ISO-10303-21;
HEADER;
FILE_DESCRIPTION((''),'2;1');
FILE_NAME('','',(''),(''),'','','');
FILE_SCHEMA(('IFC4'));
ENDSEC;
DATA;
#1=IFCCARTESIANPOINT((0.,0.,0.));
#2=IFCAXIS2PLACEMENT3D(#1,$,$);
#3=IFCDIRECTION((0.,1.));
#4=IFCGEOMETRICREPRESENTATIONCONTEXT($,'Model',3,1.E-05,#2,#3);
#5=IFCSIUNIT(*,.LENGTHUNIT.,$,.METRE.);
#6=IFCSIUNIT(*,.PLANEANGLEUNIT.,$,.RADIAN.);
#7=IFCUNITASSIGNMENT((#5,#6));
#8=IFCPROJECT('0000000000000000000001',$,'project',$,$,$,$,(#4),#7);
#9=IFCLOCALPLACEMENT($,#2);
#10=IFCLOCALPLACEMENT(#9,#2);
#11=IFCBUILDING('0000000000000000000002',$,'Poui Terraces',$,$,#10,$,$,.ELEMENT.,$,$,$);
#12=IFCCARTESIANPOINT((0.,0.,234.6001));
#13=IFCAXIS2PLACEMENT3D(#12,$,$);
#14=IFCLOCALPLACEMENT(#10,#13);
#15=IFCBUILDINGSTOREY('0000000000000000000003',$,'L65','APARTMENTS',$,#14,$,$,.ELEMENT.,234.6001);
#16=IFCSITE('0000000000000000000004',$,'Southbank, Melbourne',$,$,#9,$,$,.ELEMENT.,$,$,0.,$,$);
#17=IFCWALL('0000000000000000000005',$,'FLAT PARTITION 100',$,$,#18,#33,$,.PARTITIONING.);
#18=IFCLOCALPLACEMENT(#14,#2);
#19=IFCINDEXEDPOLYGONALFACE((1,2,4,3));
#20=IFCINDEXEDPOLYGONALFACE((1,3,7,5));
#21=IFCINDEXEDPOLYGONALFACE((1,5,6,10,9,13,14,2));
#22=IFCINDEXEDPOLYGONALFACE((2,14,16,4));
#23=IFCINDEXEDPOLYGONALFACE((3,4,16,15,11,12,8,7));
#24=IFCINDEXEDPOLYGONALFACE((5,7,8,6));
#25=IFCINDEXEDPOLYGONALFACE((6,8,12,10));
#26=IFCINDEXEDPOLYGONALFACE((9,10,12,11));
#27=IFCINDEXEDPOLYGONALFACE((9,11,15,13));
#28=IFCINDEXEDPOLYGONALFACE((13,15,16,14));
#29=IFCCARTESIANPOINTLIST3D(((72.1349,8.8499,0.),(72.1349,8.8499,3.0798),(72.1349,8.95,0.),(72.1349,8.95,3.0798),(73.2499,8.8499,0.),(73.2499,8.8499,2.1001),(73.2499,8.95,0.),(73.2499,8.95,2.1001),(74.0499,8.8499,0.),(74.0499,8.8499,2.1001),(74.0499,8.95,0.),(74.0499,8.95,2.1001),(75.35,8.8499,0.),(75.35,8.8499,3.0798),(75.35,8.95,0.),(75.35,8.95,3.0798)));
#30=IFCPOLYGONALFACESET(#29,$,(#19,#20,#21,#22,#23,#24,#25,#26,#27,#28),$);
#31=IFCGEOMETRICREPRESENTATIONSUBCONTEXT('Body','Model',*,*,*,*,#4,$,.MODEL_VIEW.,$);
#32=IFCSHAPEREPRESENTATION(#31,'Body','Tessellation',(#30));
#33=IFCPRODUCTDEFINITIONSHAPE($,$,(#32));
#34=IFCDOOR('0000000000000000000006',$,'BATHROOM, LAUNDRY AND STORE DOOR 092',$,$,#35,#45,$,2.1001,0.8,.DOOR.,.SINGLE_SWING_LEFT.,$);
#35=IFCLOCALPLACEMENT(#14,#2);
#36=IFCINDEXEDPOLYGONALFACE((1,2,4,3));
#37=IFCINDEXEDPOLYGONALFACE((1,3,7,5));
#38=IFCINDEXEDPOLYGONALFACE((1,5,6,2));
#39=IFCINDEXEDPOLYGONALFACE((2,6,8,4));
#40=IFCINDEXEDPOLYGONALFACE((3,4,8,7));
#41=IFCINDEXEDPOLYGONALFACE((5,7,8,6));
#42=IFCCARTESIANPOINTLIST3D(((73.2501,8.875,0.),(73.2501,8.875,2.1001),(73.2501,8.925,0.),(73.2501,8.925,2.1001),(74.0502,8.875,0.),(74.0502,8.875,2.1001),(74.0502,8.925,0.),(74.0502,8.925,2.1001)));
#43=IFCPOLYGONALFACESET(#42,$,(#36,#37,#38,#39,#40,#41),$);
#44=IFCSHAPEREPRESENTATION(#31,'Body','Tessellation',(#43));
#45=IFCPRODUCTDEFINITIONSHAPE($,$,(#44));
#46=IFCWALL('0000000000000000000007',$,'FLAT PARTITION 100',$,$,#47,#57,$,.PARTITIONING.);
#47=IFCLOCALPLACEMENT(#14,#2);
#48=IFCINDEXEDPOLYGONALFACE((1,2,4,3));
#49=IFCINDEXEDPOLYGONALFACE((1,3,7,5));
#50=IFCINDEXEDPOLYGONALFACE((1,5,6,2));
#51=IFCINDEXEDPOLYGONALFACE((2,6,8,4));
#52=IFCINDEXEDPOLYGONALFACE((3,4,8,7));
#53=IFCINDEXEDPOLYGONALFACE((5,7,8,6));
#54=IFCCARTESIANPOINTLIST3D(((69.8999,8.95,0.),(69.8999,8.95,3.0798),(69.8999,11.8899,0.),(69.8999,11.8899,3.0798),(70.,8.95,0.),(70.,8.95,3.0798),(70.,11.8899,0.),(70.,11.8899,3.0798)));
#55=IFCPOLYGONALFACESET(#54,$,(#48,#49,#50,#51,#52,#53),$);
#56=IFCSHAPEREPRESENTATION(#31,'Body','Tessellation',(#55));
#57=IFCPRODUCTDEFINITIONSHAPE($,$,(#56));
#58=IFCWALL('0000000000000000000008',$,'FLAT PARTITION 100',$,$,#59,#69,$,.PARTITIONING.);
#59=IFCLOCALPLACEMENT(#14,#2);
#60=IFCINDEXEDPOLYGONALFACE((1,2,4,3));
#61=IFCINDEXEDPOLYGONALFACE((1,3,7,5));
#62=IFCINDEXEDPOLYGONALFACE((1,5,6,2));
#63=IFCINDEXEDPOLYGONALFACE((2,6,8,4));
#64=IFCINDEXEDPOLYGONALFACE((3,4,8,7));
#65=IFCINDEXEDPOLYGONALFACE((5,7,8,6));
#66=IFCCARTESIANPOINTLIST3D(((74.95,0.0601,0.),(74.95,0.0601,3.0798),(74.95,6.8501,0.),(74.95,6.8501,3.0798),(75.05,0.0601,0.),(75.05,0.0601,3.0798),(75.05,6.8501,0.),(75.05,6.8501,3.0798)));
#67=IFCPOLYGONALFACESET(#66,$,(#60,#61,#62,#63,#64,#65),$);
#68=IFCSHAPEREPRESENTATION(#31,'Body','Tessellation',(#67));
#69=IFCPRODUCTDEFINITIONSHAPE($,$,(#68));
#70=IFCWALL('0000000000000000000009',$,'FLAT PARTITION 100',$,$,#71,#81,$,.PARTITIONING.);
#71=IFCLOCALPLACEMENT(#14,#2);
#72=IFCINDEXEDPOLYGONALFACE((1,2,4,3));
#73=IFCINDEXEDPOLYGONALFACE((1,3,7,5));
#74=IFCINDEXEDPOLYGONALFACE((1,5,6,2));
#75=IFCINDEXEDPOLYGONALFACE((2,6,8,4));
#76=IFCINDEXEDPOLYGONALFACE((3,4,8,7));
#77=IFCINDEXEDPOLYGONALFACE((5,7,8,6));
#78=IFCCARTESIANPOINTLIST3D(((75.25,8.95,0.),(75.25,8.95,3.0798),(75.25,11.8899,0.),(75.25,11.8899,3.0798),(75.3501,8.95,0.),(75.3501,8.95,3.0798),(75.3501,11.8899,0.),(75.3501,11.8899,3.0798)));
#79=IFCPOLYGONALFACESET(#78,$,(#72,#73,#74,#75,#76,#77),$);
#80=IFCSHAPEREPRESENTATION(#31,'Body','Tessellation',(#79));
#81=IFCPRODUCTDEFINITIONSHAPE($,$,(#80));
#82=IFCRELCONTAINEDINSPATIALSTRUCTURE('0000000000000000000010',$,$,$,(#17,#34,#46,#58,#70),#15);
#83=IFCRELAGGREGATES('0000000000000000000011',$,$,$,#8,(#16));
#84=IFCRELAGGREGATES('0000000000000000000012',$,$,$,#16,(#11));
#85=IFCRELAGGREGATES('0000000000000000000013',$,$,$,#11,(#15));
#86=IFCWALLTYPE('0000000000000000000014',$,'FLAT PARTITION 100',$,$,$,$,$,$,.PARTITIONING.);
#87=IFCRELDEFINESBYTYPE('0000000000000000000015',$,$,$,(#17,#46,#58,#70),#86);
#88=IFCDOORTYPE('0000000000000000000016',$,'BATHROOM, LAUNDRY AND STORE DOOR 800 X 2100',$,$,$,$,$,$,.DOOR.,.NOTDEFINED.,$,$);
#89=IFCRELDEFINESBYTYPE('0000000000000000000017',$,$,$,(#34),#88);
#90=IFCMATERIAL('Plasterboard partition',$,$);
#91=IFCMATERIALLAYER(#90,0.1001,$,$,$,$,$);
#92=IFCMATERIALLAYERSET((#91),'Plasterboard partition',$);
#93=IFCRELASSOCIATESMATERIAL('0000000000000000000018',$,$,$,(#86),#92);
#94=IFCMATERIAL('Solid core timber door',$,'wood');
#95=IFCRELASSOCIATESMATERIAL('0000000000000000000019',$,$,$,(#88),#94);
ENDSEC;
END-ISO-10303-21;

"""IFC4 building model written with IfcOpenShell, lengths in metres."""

from ifc_helpers import new_model, si_unit, direction, frame, frame_2d, origin, place, context, subcontext, project, spatial, rectangle, extrude, material, layer, layer_set, type_object, element, fill, save


model = new_model("IFC4")

# Units and contexts
model_context = context("Model", 3, precision=1e-05, world=origin(), true_north=direction((0.0, 1.0)))
body_context = subcontext(model_context, "Body", "Model", "MODEL_VIEW")
ifc_project = project(units=[si_unit("LENGTHUNIT", "METRE"), si_unit("PLANEANGLEUNIT", "RADIAN")], contexts=[model_context])

# Site, building, storey
site_placement = place(None, origin())
site = spatial("IfcSite", under=ifc_project, at=site_placement, Name="Southbank, Melbourne", CompositionType="ELEMENT", RefElevation=0.0)
building_placement = place(site_placement, origin())
building = spatial("IfcBuilding", under=site, at=building_placement, Name="Poui Terraces", CompositionType="ELEMENT")
storey_placement = place(building_placement, frame((0.0, 0.0, 234.6001)))
storey = spatial("IfcBuildingStorey", under=building, at=storey_placement, Name="L65", Description="APARTMENTS", CompositionType="ELEMENT", Elevation=234.6001)

# Shared definitions
ifc_material_1 = material(Name="Solid core timber door", Category="wood")

# Shared definitions
ifc_material_2 = material(Name="Plasterboard partition")
ifc_layer_1 = layer(ifc_material_2, 0.1001)
ifc_layer_set_1 = layer_set([ifc_layer_1], Name="Plasterboard partition")
wall_type_1 = type_object("IfcWallType", Name="FLAT PARTITION 100", PredefinedType="PARTITIONING", material=ifc_layer_set_1)

# Wall, opening, door
wall_1_placement = place(storey_placement, frame((72.135, 8.8999, 0.0), z_axis=(0.0, 0.0, 1.0), x_axis=(1.0, 0.0, 0.0)))
wall_1 = element("IfcWall", 1, at=wall_1_placement, inside=storey, type_object=wall_type_1, Name="FLAT PARTITION 100", PredefinedType="PARTITIONING", context=body_context, shape_type="SweptSolid", body=[
    extrude(rectangle(XDim=3.2151, YDim=0.1001, at=frame_2d((1.6074, 0.0))), origin(), (0.0, 0.0, 1.0), 3.0798),
])
opening_1_placement = place(wall_1_placement, frame((1.115, 0.0, 0.0)))
opening_1 = element("IfcOpeningElement", 2, at=opening_1_placement, cuts=wall_1, PredefinedType="OPENING", context=body_context, shape_type="SweptSolid", body=[
    extrude(rectangle(XDim=0.8, YDim=2.1001, at=frame_2d((0.3999, 1.05))), frame((0.0, 0.0601, 0.0), z_axis=(0.0, -1.0, 0.0), x_axis=(1.0, 0.0, 0.0)), (0.0, 0.0, 1.0), 0.1201),
])
door_type_1 = type_object("IfcDoorType", Name="BATHROOM, LAUNDRY AND STORE DOOR 800 X 2100", OperationType="NOTDEFINED", PredefinedType="DOOR", material=ifc_material_1)
door_1_placement = place(opening_1_placement, frame((0.8, 0.0, 0.0), z_axis=(0.0, 0.0, 1.0), x_axis=(-1.0, 0.0, 0.0)))
door_1 = element("IfcDoor", 3, at=door_1_placement, inside=storey, type_object=door_type_1, Name="BATHROOM, LAUNDRY AND STORE DOOR 092", OperationType="SINGLE_SWING_LEFT", OverallHeight=2.1001, OverallWidth=0.8, PredefinedType="DOOR", context=body_context, shape_type="SweptSolid", body=[
    extrude(rectangle(XDim=0.8, YDim=2.1001, at=frame_2d((0.3999, 1.05))), frame((0.0, 0.0249, 0.0), z_axis=(0.0, -1.0, 0.0), x_axis=(1.0, 0.0, 0.0)), (0.0, 0.0, 1.0), 0.05),
])
fill(opening_1, door_1)

# Walls
wall_2_placement = place(storey_placement, frame((69.95, 8.95, 0.0), z_axis=(0.0, 0.0, 1.0), x_axis=(0.0, 1.0, 0.0)))
element("IfcWall", 4, at=wall_2_placement, inside=storey, type_object=wall_type_1, Name="FLAT PARTITION 100", PredefinedType="PARTITIONING", context=body_context, shape_type="SweptSolid", body=[
    extrude(rectangle(XDim=2.9399, YDim=0.1001, at=frame_2d((1.47, 0.0))), origin(), (0.0, 0.0, 1.0), 3.0798),
])
wall_3_placement = place(storey_placement, frame((75.0, 0.0601, 0.0), z_axis=(0.0, 0.0, 1.0), x_axis=(0.0, 1.0, 0.0)))
element("IfcWall", 5, at=wall_3_placement, inside=storey, type_object=wall_type_1, Name="FLAT PARTITION 100", PredefinedType="PARTITIONING", context=body_context, shape_type="SweptSolid", body=[
    extrude(rectangle(XDim=6.79, YDim=0.1001, at=frame_2d((3.395, 0.0))), origin(), (0.0, 0.0, 1.0), 3.0798),
])
wall_4_placement = place(storey_placement, frame((75.3, 8.95, 0.0), z_axis=(0.0, 0.0, 1.0), x_axis=(0.0, 1.0, 0.0)))
element("IfcWall", 6, at=wall_4_placement, inside=storey, type_object=wall_type_1, Name="FLAT PARTITION 100", PredefinedType="PARTITIONING", context=body_context, shape_type="SweptSolid", body=[
    extrude(rectangle(XDim=2.9399, YDim=0.1001, at=frame_2d((1.47, 0.0))), origin(), (0.0, 0.0, 1.0), 3.0798),
])

save(model, "model.ifc")
